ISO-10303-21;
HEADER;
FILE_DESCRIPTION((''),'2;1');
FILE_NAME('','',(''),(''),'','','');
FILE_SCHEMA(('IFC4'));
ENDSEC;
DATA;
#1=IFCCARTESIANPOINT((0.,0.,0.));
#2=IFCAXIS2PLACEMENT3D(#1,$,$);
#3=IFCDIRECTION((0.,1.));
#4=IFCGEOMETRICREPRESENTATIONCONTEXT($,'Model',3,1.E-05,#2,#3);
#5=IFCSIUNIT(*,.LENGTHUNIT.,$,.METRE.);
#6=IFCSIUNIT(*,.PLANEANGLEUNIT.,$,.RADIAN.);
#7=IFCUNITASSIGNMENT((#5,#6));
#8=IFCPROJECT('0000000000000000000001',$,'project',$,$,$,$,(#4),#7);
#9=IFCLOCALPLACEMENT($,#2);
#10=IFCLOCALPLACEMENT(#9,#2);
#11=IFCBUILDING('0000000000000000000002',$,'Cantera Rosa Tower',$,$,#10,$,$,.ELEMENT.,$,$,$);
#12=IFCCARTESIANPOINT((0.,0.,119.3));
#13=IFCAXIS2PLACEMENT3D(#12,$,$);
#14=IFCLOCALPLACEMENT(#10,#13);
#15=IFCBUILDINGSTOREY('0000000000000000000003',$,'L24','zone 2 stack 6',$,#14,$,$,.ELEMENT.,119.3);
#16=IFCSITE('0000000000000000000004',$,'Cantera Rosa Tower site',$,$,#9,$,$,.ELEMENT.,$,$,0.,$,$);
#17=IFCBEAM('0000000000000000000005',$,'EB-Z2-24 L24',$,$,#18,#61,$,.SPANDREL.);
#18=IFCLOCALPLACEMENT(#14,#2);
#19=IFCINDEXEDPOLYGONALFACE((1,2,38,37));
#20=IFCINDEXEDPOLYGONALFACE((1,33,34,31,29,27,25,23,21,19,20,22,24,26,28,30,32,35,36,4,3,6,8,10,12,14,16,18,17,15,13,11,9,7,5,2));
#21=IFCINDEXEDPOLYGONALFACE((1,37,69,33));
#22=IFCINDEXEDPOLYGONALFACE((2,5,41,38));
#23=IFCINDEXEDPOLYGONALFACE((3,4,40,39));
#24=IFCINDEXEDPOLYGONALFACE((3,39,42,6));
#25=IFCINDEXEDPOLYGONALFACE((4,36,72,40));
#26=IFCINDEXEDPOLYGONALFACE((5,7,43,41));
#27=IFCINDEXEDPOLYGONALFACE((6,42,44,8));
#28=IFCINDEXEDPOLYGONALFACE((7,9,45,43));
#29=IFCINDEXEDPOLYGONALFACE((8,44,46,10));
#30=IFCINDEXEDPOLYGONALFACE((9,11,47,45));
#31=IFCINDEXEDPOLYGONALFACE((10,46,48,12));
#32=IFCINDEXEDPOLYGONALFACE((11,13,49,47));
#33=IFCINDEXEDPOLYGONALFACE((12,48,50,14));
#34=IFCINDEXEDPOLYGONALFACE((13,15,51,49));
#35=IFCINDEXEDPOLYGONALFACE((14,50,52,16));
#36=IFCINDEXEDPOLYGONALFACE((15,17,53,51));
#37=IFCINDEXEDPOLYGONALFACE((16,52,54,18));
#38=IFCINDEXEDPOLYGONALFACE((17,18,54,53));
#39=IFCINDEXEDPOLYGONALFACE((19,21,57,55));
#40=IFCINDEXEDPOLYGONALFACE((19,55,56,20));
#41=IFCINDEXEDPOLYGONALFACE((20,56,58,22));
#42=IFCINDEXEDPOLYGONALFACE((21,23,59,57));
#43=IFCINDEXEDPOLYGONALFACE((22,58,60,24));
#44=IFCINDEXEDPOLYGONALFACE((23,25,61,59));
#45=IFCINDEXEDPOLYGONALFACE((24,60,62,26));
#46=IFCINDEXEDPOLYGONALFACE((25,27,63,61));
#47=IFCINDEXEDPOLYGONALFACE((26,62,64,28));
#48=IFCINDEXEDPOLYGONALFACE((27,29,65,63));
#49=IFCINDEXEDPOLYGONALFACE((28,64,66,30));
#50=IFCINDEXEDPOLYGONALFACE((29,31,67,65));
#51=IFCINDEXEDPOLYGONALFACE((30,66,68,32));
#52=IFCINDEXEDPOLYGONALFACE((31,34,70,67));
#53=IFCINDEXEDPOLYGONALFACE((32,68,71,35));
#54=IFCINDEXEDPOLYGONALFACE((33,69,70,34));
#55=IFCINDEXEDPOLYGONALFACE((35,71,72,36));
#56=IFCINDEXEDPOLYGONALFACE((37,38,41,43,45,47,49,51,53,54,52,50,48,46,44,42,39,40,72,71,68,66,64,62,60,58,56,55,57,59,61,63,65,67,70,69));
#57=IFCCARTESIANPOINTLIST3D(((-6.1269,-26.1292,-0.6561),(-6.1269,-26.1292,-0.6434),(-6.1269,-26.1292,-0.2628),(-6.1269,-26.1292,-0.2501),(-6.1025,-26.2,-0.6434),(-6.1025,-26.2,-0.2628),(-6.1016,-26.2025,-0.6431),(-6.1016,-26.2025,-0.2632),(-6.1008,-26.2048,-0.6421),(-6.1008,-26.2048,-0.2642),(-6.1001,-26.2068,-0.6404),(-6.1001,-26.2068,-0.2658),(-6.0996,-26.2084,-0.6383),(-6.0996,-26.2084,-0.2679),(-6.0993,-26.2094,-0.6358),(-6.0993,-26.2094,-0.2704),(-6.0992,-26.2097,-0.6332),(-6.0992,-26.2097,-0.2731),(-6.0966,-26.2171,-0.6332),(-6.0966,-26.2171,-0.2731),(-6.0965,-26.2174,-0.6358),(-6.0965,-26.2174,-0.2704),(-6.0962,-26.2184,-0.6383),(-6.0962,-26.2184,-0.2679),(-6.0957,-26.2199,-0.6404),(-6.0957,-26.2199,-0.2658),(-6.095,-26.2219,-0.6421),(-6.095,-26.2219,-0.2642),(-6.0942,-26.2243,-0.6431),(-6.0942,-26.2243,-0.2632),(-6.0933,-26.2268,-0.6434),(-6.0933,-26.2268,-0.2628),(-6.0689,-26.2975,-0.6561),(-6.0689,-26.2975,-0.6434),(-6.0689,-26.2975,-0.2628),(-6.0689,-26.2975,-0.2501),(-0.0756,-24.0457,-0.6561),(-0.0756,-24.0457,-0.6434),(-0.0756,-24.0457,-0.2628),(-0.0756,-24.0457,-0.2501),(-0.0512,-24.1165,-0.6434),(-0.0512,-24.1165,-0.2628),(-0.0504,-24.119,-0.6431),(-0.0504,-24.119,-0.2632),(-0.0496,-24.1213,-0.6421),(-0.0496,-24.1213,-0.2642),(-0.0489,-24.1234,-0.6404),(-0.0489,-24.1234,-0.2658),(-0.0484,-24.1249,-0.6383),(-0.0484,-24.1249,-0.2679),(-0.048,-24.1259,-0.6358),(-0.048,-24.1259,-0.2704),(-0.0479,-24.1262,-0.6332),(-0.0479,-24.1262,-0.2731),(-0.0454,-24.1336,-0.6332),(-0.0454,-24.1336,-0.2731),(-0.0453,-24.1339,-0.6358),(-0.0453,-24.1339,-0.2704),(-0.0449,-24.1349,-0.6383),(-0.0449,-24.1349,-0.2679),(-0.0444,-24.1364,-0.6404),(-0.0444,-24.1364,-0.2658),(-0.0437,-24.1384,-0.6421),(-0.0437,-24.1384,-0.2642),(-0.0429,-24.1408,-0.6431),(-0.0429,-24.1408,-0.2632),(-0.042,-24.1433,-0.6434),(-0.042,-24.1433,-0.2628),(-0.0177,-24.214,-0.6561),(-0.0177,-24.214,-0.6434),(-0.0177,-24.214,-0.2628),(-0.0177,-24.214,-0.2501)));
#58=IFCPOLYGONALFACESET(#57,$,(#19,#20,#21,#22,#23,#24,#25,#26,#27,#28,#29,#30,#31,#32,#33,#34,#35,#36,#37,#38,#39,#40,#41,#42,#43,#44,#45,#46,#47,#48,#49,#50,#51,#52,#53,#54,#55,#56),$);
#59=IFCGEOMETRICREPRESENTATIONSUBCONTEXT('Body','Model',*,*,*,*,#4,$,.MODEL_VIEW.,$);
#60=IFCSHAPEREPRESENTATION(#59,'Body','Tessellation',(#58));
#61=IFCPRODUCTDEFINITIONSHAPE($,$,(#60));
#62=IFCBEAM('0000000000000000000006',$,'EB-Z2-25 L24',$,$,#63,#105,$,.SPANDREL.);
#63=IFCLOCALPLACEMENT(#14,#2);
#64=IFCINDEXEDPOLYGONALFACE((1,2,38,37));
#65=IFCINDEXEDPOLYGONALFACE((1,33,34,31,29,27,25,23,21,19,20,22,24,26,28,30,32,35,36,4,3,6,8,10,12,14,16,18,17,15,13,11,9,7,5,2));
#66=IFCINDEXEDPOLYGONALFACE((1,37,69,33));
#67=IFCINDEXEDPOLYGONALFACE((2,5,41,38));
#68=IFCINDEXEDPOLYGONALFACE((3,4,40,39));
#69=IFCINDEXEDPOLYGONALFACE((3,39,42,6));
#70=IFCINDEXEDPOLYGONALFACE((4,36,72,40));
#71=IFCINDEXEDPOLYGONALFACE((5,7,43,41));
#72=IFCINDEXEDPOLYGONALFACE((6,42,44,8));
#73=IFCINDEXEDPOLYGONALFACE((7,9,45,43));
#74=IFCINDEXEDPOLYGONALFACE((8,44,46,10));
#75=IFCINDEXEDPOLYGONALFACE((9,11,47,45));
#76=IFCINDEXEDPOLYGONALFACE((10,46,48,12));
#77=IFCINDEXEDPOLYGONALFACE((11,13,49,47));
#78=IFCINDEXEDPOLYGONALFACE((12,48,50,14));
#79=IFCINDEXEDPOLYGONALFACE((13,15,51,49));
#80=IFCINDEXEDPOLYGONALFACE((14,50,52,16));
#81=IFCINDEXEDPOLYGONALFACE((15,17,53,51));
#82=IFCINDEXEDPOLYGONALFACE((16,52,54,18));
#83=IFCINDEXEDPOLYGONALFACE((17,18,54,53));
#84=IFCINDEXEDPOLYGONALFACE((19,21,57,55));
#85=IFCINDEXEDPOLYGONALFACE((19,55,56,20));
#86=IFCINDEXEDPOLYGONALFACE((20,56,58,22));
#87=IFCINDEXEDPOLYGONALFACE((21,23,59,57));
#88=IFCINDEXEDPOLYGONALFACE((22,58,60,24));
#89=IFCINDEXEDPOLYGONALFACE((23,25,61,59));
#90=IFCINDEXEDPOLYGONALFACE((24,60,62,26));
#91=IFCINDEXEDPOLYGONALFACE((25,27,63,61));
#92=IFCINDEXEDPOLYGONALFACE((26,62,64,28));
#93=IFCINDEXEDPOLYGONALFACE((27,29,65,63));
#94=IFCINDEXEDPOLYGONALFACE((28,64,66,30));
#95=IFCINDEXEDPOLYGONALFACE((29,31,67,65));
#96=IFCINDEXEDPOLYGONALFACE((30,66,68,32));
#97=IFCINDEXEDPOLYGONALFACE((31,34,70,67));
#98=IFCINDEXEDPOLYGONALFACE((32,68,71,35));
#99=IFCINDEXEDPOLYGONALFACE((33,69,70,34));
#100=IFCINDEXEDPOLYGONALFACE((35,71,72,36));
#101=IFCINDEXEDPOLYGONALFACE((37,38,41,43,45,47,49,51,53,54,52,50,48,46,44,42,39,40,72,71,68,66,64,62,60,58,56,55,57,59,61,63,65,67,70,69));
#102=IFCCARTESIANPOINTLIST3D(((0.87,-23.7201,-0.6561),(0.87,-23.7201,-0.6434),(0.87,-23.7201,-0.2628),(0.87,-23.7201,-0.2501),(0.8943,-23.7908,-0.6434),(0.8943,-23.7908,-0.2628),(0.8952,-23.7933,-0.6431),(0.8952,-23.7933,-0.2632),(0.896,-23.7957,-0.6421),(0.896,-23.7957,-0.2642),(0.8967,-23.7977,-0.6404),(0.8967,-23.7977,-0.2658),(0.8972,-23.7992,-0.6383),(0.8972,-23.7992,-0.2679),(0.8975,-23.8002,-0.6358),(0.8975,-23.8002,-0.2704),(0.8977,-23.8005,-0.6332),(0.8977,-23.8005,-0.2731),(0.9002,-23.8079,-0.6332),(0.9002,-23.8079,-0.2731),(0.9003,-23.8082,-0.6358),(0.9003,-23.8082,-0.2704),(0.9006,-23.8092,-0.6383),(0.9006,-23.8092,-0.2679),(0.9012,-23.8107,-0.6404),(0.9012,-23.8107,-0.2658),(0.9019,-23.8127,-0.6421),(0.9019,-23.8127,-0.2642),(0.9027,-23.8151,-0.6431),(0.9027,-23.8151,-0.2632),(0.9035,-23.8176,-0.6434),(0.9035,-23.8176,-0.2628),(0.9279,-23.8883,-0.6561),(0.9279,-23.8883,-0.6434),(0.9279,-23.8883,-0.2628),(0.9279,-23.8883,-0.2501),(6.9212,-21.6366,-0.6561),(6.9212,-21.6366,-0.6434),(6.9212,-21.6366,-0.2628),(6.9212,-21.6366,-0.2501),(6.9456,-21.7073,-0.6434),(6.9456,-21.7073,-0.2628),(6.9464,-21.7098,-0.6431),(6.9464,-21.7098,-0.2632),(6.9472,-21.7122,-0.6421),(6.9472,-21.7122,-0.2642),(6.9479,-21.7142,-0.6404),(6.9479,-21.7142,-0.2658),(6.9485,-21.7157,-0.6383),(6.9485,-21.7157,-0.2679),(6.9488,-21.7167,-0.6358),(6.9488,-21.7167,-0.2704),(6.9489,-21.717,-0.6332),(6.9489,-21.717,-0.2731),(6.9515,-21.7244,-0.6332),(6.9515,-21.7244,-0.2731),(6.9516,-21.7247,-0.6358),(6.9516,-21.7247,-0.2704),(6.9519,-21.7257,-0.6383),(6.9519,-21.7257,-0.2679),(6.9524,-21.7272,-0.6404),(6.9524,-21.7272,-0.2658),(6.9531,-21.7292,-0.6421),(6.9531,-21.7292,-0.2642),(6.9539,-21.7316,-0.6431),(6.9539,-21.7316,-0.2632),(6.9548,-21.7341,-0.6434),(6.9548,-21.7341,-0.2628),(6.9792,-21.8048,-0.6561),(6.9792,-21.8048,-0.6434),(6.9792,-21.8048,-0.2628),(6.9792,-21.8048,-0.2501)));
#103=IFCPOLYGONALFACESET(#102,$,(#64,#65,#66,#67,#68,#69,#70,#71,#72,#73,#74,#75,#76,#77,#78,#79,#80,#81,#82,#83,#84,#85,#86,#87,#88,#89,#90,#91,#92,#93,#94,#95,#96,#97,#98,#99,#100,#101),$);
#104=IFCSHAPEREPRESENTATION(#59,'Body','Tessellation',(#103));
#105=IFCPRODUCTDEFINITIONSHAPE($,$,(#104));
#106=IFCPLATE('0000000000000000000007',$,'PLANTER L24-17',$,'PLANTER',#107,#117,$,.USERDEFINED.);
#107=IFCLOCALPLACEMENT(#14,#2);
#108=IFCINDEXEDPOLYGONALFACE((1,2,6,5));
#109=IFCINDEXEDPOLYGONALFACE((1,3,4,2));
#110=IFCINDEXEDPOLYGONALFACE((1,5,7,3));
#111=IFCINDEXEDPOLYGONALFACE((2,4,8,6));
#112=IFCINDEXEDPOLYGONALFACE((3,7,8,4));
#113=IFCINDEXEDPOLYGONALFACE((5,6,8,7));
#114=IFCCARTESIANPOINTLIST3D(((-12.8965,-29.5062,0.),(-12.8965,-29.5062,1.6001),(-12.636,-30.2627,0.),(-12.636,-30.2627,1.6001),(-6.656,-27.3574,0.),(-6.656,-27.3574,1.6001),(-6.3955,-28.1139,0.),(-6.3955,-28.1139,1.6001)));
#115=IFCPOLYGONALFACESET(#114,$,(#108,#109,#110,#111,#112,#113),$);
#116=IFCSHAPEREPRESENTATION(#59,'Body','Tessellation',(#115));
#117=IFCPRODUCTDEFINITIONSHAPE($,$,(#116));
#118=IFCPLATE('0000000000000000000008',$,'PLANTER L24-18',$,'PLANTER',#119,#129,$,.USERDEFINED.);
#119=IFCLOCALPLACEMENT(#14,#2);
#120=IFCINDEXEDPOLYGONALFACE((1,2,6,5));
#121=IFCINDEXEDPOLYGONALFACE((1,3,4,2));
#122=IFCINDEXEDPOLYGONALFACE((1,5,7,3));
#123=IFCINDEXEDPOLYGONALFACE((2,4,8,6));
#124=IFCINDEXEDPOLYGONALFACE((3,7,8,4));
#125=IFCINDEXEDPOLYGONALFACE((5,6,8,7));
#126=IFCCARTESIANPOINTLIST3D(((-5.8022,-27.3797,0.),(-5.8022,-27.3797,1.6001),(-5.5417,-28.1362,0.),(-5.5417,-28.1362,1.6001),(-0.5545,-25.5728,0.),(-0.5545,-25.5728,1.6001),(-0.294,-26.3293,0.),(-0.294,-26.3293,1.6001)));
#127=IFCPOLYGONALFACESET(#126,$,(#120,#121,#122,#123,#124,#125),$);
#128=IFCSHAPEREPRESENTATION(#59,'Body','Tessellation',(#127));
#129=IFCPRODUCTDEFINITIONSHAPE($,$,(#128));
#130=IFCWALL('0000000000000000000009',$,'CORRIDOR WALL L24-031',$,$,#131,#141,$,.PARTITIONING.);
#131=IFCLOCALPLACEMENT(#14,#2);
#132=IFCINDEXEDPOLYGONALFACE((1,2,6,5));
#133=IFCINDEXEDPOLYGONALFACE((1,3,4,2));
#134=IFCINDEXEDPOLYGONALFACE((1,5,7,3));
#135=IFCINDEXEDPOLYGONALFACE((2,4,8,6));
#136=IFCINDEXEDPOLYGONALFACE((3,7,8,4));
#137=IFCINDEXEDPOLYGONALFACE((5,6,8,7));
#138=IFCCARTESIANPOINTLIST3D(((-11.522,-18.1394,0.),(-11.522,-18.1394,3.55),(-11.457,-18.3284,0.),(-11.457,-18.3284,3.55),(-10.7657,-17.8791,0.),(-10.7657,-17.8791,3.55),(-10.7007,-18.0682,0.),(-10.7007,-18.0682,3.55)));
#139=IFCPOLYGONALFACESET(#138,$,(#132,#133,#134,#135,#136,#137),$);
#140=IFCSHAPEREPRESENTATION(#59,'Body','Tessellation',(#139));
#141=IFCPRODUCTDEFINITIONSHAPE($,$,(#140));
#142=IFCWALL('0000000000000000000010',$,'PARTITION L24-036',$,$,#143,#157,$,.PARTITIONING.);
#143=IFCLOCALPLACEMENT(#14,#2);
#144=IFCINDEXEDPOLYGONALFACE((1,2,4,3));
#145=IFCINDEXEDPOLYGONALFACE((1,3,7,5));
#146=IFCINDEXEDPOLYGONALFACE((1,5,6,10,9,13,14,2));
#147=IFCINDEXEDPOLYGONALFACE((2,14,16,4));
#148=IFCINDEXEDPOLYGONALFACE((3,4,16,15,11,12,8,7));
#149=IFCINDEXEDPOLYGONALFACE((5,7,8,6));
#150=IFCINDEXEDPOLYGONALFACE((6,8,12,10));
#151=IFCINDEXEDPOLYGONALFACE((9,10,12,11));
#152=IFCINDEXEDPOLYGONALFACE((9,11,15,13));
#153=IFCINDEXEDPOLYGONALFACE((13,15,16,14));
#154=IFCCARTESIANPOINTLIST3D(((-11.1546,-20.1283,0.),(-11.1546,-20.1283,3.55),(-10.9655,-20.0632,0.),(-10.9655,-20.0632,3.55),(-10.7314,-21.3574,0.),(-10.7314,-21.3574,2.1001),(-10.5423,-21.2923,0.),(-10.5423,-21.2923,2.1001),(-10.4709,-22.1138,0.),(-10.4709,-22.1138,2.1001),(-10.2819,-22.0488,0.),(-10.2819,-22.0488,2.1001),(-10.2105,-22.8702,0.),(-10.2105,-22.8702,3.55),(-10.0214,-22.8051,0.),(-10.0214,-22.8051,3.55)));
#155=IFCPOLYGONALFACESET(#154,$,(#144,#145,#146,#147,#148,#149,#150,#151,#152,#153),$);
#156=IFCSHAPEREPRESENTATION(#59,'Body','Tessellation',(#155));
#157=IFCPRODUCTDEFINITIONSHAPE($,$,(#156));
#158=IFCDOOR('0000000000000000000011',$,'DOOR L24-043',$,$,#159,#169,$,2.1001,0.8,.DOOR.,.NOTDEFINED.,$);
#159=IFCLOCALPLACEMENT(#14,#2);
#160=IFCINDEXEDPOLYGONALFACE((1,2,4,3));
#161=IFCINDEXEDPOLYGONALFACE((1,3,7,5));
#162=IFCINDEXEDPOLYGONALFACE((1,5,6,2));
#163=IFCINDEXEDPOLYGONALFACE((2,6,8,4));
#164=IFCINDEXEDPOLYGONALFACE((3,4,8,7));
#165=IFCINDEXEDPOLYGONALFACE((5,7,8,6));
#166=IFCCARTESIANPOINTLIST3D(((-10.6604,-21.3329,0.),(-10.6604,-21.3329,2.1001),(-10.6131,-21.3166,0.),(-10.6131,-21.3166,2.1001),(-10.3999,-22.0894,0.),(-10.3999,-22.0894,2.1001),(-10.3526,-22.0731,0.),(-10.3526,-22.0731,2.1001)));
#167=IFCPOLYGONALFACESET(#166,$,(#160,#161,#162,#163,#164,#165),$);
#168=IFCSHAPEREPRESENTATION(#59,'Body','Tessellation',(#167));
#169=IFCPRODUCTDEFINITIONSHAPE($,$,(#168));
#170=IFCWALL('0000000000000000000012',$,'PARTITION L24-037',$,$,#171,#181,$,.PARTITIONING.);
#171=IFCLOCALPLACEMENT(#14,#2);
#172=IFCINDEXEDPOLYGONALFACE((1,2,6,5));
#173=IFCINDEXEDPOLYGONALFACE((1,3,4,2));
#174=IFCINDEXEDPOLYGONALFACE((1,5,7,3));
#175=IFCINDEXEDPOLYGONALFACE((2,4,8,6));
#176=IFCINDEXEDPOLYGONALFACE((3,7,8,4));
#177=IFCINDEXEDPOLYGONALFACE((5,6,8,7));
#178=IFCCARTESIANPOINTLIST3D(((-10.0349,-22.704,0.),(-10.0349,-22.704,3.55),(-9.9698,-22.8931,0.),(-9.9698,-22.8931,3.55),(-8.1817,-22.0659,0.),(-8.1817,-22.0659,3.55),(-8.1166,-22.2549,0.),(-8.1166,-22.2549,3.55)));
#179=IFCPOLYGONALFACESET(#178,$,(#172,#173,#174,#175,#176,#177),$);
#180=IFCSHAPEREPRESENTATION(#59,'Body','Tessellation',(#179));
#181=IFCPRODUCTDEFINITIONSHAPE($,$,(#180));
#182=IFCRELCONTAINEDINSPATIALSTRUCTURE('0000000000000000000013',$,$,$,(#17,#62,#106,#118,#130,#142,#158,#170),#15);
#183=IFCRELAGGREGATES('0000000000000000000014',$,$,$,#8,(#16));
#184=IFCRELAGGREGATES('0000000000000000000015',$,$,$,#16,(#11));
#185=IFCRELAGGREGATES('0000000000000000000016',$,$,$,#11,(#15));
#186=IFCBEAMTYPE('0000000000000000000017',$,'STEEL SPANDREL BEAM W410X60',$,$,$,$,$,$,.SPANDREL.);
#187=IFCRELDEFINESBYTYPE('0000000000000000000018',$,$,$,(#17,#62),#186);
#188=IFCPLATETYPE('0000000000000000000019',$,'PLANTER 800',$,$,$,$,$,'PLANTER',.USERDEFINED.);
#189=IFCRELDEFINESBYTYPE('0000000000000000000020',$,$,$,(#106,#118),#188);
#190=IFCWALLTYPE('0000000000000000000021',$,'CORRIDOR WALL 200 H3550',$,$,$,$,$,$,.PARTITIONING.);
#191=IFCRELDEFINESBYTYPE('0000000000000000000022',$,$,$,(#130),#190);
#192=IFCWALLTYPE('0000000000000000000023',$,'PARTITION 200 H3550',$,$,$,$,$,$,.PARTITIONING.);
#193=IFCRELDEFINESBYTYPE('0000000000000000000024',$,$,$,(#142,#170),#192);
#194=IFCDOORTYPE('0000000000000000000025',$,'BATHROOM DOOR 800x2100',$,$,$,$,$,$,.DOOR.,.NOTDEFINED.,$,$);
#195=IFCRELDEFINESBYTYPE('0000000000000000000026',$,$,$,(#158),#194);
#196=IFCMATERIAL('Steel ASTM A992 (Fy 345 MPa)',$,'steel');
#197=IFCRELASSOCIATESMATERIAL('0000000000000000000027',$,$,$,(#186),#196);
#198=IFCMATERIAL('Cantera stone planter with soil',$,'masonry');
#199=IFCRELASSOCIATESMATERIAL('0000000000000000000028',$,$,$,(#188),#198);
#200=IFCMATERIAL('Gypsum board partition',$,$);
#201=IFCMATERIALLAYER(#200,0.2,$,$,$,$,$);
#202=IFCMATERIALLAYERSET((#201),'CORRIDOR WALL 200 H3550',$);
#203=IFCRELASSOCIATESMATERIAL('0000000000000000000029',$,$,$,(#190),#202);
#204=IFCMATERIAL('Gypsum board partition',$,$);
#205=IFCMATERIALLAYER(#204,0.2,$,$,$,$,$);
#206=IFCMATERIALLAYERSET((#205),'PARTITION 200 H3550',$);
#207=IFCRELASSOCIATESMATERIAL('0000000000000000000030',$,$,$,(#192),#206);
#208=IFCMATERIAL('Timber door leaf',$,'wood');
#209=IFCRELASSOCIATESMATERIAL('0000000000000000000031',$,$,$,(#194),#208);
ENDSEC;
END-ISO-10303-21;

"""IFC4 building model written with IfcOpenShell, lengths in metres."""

from ifc_helpers import new_model, si_unit, direction, frame, frame_2d, origin, origin_2d, place, context, subcontext, project, spatial, rectangle, i_section, extrude, material, layer, layer_set, material_profile, profile_set, type_object, element, fill, save


model = new_model("IFC4")

# Units and contexts
model_context = context("Model", 3, precision=1e-05, world=origin(), true_north=direction((0.0, 1.0)))
body_context = subcontext(model_context, "Body", "Model", "MODEL_VIEW")
ifc_project = project(units=[si_unit("LENGTHUNIT", "METRE"), si_unit("PLANEANGLEUNIT", "RADIAN")], contexts=[model_context])

# Site, building, storey
site_placement = place(None, origin())
site = spatial("IfcSite", under=ifc_project, at=site_placement, Name="Cantera Rosa Tower site", CompositionType="ELEMENT", RefElevation=0.0)
building_placement = place(site_placement, origin())
building = spatial("IfcBuilding", under=site, at=building_placement, Name="Cantera Rosa Tower", CompositionType="ELEMENT")
storey_placement = place(building_placement, frame((0.0, 0.0, 119.3)))
storey = spatial("IfcBuildingStorey", under=building, at=storey_placement, Name="L24", Description="zone 2 stack 6", CompositionType="ELEMENT", Elevation=119.3)

# Beams
ifc_material_1 = material(Name="Steel ASTM A992 (Fy 345 MPa)", Category="steel")
ifc_material_profile_1 = material_profile(ifc_material_1, i_section(OverallWidth=0.178, OverallDepth=0.406, WebThickness=0.0078, FlangeThickness=0.0127, FilletRadius=0.0103, at=origin_2d()), Name="W410X60")
ifc_profile_set_1 = profile_set([ifc_material_profile_1], Name="Steel ASTM A992 (Fy 345 MPa)")
beam_type_1 = type_object("IfcBeamType", Name="STEEL SPANDREL BEAM W410X60", PredefinedType="SPANDREL", material=ifc_profile_set_1)
for number, where, z_axis, x_axis, name in (
    (1, (-6.0979, -26.2134, -0.4531), (0.945524, 0.325551, 0.0), (-0.325551, 0.945524, 0.0), "EB-Z2-24 L24"),
    (2, (0.8989, -23.8042, -0.4531), (0.945524, 0.325551, 0.0), (-0.325551, 0.945524, 0.0), "EB-Z2-25 L24"),
):
    element("IfcBeam", number, at=place(storey_placement, frame(where, z_axis=z_axis, x_axis=x_axis)), inside=storey, type_object=beam_type_1, Name=name, PredefinedType="SPANDREL", context=body_context, shape_type="SweptSolid", body=[
        extrude(i_section(OverallWidth=0.178, OverallDepth=0.406, WebThickness=0.0078, FlangeThickness=0.0127, FilletRadius=0.0103, at=origin_2d()), origin(), (0.0, 0.0, 1.0), 6.3999),
    ])

# Plates
ifc_material_2 = material(Name="Cantera stone planter with soil", Category="masonry")
plate_type = type_object("IfcPlateType", Name="PLANTER 800", ElementType="PLANTER", PredefinedType="USERDEFINED", material=ifc_material_2)
plate_1_placement = place(storey_placement, frame((-9.646, -28.8101, 0.0), z_axis=(0.0, 0.0, 1.0), x_axis=(0.945519, 0.325568, 0.0)))
element("IfcPlate", 3, at=plate_1_placement, inside=storey, type_object=plate_type, Name="PLANTER L24-17", ObjectType="PLANTER", PredefinedType="USERDEFINED", context=body_context, shape_type="SweptSolid", body=[
    extrude(rectangle(XDim=6.6001, YDim=0.8, at=origin_2d()), origin(), (0.0, 0.0, 1.0), 1.6001),
])
plate_2_placement = place(storey_placement, frame((-3.0481, -26.8545, 0.0), z_axis=(0.0, 0.0, 1.0), x_axis=(0.945519, 0.325568, 0.0)))
element("IfcPlate", 4, at=plate_2_placement, inside=storey, type_object=plate_type, Name="PLANTER L24-18", ObjectType="PLANTER", PredefinedType="USERDEFINED", context=body_context, shape_type="SweptSolid", body=[
    extrude(rectangle(XDim=5.55, YDim=0.8, at=origin_2d()), origin(), (0.0, 0.0, 1.0), 1.6001),
])

# Wall
ifc_material_3 = material(Name="Gypsum board partition")
ifc_layer_1 = layer(ifc_material_3, 0.2)
ifc_layer_set_1 = layer_set([ifc_layer_1], Name="CORRIDOR WALL 200 H3550")
wall_type_1 = type_object("IfcWallType", Name="CORRIDOR WALL 200 H3550", PredefinedType="PARTITIONING", material=ifc_layer_set_1)
wall_1_placement = place(storey_placement, frame((-11.4895, -18.2339, 0.0), z_axis=(0.0, 0.0, 1.0), x_axis=(0.945587, 0.32537, 0.0)))
element("IfcWall", 5, at=wall_1_placement, inside=storey, type_object=wall_type_1, Name="CORRIDOR WALL L24-031", PredefinedType="PARTITIONING", context=body_context, shape_type="SweptSolid", body=[
    extrude(rectangle(XDim=0.7998, YDim=0.2, at=frame_2d((0.3999, 0.0))), origin(), (0.0, 0.0, 1.0), 3.55),
])

# Wall, opening, door
ifc_material_4 = material(Name="Gypsum board partition")
ifc_layer_2 = layer(ifc_material_4, 0.2)
ifc_layer_set_2 = layer_set([ifc_layer_2], Name="PARTITION 200 H3550")
wall_type_2 = type_object("IfcWallType", Name="PARTITION 200 H3550", PredefinedType="PARTITIONING", material=ifc_layer_set_2)
wall_2_placement = place(storey_placement, frame((-10.116, -22.8376, 0.0), z_axis=(0.0, 0.0, 1.0), x_axis=(-0.325557, 0.945522, 0.0)))
wall_2 = element("IfcWall", 6, at=wall_2_placement, inside=storey, type_object=wall_type_2, Name="PARTITION L24-036", PredefinedType="PARTITIONING", context=body_context, shape_type="SweptSolid", body=[
    extrude(rectangle(XDim=2.8999, YDim=0.2, at=frame_2d((1.45, 0.0))), origin(), (0.0, 0.0, 1.0), 3.55),
])
opening_1_placement = place(wall_2_placement, frame((0.8, 0.0, 0.0)))
opening_1 = element("IfcOpeningElement", 7, at=opening_1_placement, cuts=wall_2, PredefinedType="OPENING", context=body_context, shape_type="SweptSolid", body=[
    extrude(rectangle(XDim=0.8, YDim=2.1001, at=frame_2d((0.3999, 1.05))), frame((0.0, 0.1099, 0.0), z_axis=(0.0, -1.0, 0.0), x_axis=(1.0, 0.0, 0.0)), (0.0, 0.0, 1.0), 0.22),
])
ifc_material_5 = material(Name="Timber door leaf", Category="wood")
door_type_1 = type_object("IfcDoorType", Name="BATHROOM DOOR 800x2100", OperationType="NOTDEFINED", PredefinedType="DOOR", material=ifc_material_5)
door_1_placement = place(opening_1_placement, origin())
door_1 = element("IfcDoor", 8, at=door_1_placement, inside=storey, type_object=door_type_1, Name="DOOR L24-043", OperationType="NOTDEFINED", OverallHeight=2.1001, OverallWidth=0.8, PredefinedType="DOOR", context=body_context, shape_type="SweptSolid", body=[
    extrude(rectangle(XDim=0.8, YDim=2.1001, at=frame_2d((0.3999, 1.05))), frame((0.0, 0.0249, 0.0), z_axis=(0.0, -1.0, 0.0), x_axis=(1.0, 0.0, 0.0)), (0.0, 0.0, 1.0), 0.05),
])
fill(opening_1, door_1)

# Wall
wall_3_placement = place(storey_placement, frame((-8.1492, -22.1604, 0.0), z_axis=(0.0, 0.0, 1.0), x_axis=(-0.945511, -0.325591, 0.0)))
element("IfcWall", 9, at=wall_3_placement, inside=storey, type_object=wall_type_2, Name="PARTITION L24-037", PredefinedType="PARTITIONING", context=body_context, shape_type="SweptSolid", body=[
    extrude(rectangle(XDim=1.96, YDim=0.2, at=frame_2d((0.98, 0.0))), origin(), (0.0, 0.0, 1.0), 3.55),
])

save(model, "model.ifc")
